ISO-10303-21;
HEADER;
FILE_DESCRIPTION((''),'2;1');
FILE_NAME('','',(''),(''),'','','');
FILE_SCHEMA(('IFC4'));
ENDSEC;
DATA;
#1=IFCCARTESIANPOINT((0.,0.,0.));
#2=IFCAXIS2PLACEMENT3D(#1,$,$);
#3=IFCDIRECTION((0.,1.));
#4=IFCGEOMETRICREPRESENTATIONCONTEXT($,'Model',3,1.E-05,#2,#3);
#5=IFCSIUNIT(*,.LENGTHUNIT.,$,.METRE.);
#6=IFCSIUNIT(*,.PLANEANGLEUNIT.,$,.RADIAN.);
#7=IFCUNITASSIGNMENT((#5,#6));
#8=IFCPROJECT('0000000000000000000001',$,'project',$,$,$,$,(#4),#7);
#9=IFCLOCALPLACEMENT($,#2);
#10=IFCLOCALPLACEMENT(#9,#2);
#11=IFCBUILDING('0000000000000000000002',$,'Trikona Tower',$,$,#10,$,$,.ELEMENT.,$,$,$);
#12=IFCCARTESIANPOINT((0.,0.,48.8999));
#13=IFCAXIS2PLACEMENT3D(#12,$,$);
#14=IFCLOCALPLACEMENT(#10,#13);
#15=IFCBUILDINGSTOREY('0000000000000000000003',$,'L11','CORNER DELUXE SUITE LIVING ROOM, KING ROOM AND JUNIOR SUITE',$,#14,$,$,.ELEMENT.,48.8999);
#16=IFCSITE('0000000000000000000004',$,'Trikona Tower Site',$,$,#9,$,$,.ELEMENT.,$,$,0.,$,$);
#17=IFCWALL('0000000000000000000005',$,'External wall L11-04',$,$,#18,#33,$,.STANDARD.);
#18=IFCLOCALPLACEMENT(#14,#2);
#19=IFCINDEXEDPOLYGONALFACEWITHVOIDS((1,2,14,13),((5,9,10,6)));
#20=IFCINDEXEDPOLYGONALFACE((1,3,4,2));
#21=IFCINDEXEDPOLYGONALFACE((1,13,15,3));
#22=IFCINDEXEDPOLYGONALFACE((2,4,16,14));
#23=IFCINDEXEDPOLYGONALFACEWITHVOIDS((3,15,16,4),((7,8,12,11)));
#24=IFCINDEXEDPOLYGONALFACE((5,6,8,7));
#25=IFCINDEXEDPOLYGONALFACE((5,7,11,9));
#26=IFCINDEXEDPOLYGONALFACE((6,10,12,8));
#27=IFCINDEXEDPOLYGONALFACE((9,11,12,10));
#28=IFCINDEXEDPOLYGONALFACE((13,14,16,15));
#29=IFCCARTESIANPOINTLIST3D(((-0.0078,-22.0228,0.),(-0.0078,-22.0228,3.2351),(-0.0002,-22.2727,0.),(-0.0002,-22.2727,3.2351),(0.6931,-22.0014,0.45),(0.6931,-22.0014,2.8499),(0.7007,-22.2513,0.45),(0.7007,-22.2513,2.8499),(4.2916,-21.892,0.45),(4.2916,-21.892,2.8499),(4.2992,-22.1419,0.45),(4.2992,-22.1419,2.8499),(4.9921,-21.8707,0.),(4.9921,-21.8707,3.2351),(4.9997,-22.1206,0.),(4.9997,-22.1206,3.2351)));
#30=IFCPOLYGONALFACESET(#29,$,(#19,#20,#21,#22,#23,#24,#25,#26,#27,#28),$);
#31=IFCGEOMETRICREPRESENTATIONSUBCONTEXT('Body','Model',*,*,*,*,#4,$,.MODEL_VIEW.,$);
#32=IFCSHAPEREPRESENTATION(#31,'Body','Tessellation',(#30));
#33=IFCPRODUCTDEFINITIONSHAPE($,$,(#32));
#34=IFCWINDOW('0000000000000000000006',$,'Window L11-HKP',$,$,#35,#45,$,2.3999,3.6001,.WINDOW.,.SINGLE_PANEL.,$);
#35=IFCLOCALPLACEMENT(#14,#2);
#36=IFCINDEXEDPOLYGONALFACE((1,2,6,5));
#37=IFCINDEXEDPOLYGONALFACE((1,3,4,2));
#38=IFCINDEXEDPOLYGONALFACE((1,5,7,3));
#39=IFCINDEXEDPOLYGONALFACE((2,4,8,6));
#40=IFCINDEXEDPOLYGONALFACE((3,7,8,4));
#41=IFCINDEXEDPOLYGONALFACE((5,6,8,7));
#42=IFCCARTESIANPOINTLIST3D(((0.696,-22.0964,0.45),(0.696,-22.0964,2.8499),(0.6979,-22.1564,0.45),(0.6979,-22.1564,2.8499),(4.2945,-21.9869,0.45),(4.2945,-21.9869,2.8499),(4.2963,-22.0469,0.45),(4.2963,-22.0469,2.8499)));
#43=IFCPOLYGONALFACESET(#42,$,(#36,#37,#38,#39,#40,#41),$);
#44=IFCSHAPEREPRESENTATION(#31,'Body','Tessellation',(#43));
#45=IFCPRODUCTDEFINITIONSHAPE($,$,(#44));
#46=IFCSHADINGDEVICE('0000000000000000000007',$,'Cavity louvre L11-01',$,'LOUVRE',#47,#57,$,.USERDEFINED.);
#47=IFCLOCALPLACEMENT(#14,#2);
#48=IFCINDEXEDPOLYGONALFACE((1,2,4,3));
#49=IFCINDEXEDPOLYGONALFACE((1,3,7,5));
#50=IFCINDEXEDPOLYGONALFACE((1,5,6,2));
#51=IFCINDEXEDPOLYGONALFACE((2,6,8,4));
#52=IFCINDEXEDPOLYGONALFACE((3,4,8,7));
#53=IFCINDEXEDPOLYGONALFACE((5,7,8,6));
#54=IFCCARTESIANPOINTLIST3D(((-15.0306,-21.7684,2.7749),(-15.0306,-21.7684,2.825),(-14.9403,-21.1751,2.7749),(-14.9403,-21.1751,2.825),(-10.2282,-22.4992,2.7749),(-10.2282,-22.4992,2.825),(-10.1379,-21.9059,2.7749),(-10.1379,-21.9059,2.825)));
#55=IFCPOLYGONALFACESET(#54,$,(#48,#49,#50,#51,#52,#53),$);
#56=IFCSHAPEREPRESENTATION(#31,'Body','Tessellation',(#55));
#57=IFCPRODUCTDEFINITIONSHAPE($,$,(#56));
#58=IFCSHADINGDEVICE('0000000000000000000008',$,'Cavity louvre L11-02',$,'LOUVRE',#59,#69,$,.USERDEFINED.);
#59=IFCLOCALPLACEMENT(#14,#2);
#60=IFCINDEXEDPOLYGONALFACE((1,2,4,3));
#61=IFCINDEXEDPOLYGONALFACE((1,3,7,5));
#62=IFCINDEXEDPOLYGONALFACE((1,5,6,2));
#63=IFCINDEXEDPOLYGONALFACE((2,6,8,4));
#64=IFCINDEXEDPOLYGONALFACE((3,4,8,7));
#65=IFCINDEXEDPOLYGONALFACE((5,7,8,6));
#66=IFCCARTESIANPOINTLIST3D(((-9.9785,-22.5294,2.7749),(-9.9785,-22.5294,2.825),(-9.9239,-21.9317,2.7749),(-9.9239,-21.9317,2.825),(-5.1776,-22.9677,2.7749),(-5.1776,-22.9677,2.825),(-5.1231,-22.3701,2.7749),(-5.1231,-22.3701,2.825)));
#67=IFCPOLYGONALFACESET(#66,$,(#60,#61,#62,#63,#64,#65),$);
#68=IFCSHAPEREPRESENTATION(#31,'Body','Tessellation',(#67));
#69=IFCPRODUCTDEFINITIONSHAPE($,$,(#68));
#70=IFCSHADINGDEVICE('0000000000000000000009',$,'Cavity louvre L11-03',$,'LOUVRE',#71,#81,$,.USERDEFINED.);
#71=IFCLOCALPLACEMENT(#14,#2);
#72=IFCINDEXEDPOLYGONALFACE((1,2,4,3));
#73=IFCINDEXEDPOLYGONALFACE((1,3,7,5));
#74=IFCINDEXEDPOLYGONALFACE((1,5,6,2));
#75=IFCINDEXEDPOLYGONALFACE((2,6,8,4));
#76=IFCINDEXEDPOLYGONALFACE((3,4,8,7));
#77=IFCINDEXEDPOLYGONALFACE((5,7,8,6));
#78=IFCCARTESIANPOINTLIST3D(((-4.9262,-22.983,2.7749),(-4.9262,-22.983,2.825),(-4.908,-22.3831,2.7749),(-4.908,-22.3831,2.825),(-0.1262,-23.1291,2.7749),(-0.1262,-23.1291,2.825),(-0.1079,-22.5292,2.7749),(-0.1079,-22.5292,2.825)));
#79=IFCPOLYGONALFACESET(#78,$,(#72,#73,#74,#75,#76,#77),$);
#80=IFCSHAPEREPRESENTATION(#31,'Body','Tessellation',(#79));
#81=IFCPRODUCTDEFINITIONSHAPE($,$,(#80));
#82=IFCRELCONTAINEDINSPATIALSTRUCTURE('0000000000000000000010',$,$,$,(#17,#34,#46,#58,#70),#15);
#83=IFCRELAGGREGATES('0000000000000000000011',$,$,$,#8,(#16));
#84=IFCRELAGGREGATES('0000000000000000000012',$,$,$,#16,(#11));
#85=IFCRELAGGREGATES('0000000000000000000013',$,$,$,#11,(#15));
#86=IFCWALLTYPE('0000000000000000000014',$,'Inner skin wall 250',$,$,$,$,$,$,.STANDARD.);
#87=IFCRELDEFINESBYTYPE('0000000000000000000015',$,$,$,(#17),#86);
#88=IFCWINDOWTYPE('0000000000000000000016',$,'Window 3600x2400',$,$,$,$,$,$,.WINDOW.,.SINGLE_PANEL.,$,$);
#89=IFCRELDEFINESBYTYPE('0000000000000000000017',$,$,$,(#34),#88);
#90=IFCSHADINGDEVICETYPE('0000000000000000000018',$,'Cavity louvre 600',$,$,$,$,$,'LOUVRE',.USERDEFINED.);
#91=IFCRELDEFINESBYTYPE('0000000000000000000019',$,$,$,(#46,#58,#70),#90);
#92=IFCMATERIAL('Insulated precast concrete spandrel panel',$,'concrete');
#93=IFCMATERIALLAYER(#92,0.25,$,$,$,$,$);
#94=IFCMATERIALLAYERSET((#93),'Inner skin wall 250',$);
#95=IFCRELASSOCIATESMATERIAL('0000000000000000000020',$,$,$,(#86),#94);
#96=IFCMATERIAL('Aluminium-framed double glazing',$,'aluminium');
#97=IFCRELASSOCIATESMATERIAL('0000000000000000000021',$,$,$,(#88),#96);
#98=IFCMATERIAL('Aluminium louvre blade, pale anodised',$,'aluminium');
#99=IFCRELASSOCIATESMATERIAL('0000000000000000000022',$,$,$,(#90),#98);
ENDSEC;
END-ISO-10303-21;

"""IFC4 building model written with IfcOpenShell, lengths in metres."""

from ifc_helpers import new_model, si_unit, direction, frame, frame_2d, origin, origin_2d, place, context, subcontext, project, spatial, rectangle, extrude, material, layer, layer_set, type_object, element, fill, save


model = new_model("IFC4")

# Units and contexts
model_context = context("Model", 3, precision=1e-05, world=origin(), true_north=direction((0.0, 1.0)))
body_context = subcontext(model_context, "Body", "Model", "MODEL_VIEW")
ifc_project = project(units=[si_unit("LENGTHUNIT", "METRE"), si_unit("PLANEANGLEUNIT", "RADIAN")], contexts=[model_context])

# Site, building, storey
site_placement = place(None, origin())
site = spatial("IfcSite", under=ifc_project, at=site_placement, Name="Trikona Tower Site", CompositionType="ELEMENT", RefElevation=0.0)
building_placement = place(site_placement, origin())
building = spatial("IfcBuilding", under=site, at=building_placement, Name="Trikona Tower", CompositionType="ELEMENT")
storey_placement = place(building_placement, frame((0.0, 0.0, 48.8999)))
storey = spatial("IfcBuildingStorey", under=building, at=storey_placement, Name="L11", Description="CORNER DELUXE SUITE LIVING ROOM, KING ROOM AND JUNIOR SUITE", CompositionType="ELEMENT", Elevation=48.8999)

# Wall, opening, window
ifc_material_1 = material(Name="Insulated precast concrete spandrel panel", Category="concrete")
ifc_layer_1 = layer(ifc_material_1, 0.25)
ifc_layer_set_1 = layer_set([ifc_layer_1], Name="Inner skin wall 250")
wall_type = type_object("IfcWallType", Name="Inner skin wall 250", PredefinedType="STANDARD", material=ifc_layer_set_1)
ifc_material_2 = material(Name="Aluminium-framed double glazing", Category="aluminium")
window_type = type_object("IfcWindowType", Name="Window 3600x2400", PartitioningType="SINGLE_PANEL", PredefinedType="WINDOW", material=ifc_material_2)
wall_1_placement = place(storey_placement, frame((-0.0039, -22.1477, 0.0), z_axis=(0.0, 0.0, 1.0), x_axis=(0.999538, 0.030406, 0.0)))
wall_1 = element("IfcWall", 1, at=wall_1_placement, inside=storey, type_object=wall_type, Name="External wall L11-04", PredefinedType="STANDARD", context=body_context, shape_type="SweptSolid", body=[
    extrude(rectangle(XDim=5.0022, YDim=0.25, at=frame_2d((2.501, 0.0))), origin(), (0.0, 0.0, 1.0), 3.2351),
])
opening_1_placement = place(wall_1_placement, frame((0.7012, 0.0, 0.45)))
opening_1 = element("IfcOpeningElement", 2, at=opening_1_placement, cuts=wall_1, PredefinedType="OPENING", context=body_context, shape_type="SweptSolid", body=[
    extrude(rectangle(XDim=3.6001, YDim=2.3999, at=frame_2d((1.8, 1.2))), frame((0.0, 0.135, 0.0), z_axis=(0.0, -1.0, 0.0), x_axis=(1.0, 0.0, 0.0)), (0.0, 0.0, 1.0), 0.27),
])
window_1_placement = place(opening_1_placement, origin())
window_1 = element("IfcWindow", 3, at=window_1_placement, inside=storey, type_object=window_type, Name="Window L11-HKP", OverallHeight=2.3999, OverallWidth=3.6001, PartitioningType="SINGLE_PANEL", PredefinedType="WINDOW", context=body_context, shape_type="SweptSolid", body=[
    extrude(rectangle(XDim=3.6001, YDim=2.3999, at=frame_2d((1.8, 1.2))), frame((0.0, 0.03, 0.0), z_axis=(0.0, -1.0, 0.0), x_axis=(1.0, 0.0, 0.0)), (0.0, 0.0, 1.0), 0.0601),
])
fill(opening_1, window_1)

# Shading devices
ifc_material_3 = material(Name="Aluminium louvre blade, pale anodised", Category="aluminium")
shading_device_type = type_object("IfcShadingDeviceType", Name="Cavity louvre 600", ElementType="LOUVRE", PredefinedType="USERDEFINED", material=ifc_material_3)
shading_device_1_placement = place(storey_placement, frame((-12.5842, -21.8372, 2.7749), z_axis=(0.0, 0.0, 1.0), x_axis=(0.988618, -0.150448, 0.0)))
element("IfcShadingDevice", 4, at=shading_device_1_placement, inside=storey, type_object=shading_device_type, Name="Cavity louvre L11-01", ObjectType="LOUVRE", PredefinedType="USERDEFINED", context=body_context, shape_type="SweptSolid", body=[
    extrude(rectangle(XDim=4.8577, YDim=0.6001, at=origin_2d()), origin(), (0.0, 0.0, 1.0), 0.05),
])
shading_device_2_placement = place(storey_placement, frame((-7.5508, -22.4497, 2.7749), z_axis=(0.0, 0.0, 1.0), x_axis=(0.995858, -0.090921, 0.0)))
element("IfcShadingDevice", 5, at=shading_device_2_placement, inside=storey, type_object=shading_device_type, Name="Cavity louvre L11-02", ObjectType="LOUVRE", PredefinedType="USERDEFINED", context=body_context, shape_type="SweptSolid", body=[
    extrude(rectangle(XDim=4.8208, YDim=0.6001, at=origin_2d()), origin(), (0.0, 0.0, 1.0), 0.05),
])
shading_device_3_placement = place(storey_placement, frame((-2.5171, -22.7561, 2.7749), z_axis=(0.0, 0.0, 1.0), x_axis=(0.999537, -0.030425, 0.0)))
element("IfcShadingDevice", 6, at=shading_device_3_placement, inside=storey, type_object=shading_device_type, Name="Cavity louvre L11-03", ObjectType="LOUVRE", PredefinedType="USERDEFINED", context=body_context, shape_type="SweptSolid", body=[
    extrude(rectangle(XDim=4.8022, YDim=0.6001, at=origin_2d()), origin(), (0.0, 0.0, 1.0), 0.05),
])

save(model, "model.ifc")
